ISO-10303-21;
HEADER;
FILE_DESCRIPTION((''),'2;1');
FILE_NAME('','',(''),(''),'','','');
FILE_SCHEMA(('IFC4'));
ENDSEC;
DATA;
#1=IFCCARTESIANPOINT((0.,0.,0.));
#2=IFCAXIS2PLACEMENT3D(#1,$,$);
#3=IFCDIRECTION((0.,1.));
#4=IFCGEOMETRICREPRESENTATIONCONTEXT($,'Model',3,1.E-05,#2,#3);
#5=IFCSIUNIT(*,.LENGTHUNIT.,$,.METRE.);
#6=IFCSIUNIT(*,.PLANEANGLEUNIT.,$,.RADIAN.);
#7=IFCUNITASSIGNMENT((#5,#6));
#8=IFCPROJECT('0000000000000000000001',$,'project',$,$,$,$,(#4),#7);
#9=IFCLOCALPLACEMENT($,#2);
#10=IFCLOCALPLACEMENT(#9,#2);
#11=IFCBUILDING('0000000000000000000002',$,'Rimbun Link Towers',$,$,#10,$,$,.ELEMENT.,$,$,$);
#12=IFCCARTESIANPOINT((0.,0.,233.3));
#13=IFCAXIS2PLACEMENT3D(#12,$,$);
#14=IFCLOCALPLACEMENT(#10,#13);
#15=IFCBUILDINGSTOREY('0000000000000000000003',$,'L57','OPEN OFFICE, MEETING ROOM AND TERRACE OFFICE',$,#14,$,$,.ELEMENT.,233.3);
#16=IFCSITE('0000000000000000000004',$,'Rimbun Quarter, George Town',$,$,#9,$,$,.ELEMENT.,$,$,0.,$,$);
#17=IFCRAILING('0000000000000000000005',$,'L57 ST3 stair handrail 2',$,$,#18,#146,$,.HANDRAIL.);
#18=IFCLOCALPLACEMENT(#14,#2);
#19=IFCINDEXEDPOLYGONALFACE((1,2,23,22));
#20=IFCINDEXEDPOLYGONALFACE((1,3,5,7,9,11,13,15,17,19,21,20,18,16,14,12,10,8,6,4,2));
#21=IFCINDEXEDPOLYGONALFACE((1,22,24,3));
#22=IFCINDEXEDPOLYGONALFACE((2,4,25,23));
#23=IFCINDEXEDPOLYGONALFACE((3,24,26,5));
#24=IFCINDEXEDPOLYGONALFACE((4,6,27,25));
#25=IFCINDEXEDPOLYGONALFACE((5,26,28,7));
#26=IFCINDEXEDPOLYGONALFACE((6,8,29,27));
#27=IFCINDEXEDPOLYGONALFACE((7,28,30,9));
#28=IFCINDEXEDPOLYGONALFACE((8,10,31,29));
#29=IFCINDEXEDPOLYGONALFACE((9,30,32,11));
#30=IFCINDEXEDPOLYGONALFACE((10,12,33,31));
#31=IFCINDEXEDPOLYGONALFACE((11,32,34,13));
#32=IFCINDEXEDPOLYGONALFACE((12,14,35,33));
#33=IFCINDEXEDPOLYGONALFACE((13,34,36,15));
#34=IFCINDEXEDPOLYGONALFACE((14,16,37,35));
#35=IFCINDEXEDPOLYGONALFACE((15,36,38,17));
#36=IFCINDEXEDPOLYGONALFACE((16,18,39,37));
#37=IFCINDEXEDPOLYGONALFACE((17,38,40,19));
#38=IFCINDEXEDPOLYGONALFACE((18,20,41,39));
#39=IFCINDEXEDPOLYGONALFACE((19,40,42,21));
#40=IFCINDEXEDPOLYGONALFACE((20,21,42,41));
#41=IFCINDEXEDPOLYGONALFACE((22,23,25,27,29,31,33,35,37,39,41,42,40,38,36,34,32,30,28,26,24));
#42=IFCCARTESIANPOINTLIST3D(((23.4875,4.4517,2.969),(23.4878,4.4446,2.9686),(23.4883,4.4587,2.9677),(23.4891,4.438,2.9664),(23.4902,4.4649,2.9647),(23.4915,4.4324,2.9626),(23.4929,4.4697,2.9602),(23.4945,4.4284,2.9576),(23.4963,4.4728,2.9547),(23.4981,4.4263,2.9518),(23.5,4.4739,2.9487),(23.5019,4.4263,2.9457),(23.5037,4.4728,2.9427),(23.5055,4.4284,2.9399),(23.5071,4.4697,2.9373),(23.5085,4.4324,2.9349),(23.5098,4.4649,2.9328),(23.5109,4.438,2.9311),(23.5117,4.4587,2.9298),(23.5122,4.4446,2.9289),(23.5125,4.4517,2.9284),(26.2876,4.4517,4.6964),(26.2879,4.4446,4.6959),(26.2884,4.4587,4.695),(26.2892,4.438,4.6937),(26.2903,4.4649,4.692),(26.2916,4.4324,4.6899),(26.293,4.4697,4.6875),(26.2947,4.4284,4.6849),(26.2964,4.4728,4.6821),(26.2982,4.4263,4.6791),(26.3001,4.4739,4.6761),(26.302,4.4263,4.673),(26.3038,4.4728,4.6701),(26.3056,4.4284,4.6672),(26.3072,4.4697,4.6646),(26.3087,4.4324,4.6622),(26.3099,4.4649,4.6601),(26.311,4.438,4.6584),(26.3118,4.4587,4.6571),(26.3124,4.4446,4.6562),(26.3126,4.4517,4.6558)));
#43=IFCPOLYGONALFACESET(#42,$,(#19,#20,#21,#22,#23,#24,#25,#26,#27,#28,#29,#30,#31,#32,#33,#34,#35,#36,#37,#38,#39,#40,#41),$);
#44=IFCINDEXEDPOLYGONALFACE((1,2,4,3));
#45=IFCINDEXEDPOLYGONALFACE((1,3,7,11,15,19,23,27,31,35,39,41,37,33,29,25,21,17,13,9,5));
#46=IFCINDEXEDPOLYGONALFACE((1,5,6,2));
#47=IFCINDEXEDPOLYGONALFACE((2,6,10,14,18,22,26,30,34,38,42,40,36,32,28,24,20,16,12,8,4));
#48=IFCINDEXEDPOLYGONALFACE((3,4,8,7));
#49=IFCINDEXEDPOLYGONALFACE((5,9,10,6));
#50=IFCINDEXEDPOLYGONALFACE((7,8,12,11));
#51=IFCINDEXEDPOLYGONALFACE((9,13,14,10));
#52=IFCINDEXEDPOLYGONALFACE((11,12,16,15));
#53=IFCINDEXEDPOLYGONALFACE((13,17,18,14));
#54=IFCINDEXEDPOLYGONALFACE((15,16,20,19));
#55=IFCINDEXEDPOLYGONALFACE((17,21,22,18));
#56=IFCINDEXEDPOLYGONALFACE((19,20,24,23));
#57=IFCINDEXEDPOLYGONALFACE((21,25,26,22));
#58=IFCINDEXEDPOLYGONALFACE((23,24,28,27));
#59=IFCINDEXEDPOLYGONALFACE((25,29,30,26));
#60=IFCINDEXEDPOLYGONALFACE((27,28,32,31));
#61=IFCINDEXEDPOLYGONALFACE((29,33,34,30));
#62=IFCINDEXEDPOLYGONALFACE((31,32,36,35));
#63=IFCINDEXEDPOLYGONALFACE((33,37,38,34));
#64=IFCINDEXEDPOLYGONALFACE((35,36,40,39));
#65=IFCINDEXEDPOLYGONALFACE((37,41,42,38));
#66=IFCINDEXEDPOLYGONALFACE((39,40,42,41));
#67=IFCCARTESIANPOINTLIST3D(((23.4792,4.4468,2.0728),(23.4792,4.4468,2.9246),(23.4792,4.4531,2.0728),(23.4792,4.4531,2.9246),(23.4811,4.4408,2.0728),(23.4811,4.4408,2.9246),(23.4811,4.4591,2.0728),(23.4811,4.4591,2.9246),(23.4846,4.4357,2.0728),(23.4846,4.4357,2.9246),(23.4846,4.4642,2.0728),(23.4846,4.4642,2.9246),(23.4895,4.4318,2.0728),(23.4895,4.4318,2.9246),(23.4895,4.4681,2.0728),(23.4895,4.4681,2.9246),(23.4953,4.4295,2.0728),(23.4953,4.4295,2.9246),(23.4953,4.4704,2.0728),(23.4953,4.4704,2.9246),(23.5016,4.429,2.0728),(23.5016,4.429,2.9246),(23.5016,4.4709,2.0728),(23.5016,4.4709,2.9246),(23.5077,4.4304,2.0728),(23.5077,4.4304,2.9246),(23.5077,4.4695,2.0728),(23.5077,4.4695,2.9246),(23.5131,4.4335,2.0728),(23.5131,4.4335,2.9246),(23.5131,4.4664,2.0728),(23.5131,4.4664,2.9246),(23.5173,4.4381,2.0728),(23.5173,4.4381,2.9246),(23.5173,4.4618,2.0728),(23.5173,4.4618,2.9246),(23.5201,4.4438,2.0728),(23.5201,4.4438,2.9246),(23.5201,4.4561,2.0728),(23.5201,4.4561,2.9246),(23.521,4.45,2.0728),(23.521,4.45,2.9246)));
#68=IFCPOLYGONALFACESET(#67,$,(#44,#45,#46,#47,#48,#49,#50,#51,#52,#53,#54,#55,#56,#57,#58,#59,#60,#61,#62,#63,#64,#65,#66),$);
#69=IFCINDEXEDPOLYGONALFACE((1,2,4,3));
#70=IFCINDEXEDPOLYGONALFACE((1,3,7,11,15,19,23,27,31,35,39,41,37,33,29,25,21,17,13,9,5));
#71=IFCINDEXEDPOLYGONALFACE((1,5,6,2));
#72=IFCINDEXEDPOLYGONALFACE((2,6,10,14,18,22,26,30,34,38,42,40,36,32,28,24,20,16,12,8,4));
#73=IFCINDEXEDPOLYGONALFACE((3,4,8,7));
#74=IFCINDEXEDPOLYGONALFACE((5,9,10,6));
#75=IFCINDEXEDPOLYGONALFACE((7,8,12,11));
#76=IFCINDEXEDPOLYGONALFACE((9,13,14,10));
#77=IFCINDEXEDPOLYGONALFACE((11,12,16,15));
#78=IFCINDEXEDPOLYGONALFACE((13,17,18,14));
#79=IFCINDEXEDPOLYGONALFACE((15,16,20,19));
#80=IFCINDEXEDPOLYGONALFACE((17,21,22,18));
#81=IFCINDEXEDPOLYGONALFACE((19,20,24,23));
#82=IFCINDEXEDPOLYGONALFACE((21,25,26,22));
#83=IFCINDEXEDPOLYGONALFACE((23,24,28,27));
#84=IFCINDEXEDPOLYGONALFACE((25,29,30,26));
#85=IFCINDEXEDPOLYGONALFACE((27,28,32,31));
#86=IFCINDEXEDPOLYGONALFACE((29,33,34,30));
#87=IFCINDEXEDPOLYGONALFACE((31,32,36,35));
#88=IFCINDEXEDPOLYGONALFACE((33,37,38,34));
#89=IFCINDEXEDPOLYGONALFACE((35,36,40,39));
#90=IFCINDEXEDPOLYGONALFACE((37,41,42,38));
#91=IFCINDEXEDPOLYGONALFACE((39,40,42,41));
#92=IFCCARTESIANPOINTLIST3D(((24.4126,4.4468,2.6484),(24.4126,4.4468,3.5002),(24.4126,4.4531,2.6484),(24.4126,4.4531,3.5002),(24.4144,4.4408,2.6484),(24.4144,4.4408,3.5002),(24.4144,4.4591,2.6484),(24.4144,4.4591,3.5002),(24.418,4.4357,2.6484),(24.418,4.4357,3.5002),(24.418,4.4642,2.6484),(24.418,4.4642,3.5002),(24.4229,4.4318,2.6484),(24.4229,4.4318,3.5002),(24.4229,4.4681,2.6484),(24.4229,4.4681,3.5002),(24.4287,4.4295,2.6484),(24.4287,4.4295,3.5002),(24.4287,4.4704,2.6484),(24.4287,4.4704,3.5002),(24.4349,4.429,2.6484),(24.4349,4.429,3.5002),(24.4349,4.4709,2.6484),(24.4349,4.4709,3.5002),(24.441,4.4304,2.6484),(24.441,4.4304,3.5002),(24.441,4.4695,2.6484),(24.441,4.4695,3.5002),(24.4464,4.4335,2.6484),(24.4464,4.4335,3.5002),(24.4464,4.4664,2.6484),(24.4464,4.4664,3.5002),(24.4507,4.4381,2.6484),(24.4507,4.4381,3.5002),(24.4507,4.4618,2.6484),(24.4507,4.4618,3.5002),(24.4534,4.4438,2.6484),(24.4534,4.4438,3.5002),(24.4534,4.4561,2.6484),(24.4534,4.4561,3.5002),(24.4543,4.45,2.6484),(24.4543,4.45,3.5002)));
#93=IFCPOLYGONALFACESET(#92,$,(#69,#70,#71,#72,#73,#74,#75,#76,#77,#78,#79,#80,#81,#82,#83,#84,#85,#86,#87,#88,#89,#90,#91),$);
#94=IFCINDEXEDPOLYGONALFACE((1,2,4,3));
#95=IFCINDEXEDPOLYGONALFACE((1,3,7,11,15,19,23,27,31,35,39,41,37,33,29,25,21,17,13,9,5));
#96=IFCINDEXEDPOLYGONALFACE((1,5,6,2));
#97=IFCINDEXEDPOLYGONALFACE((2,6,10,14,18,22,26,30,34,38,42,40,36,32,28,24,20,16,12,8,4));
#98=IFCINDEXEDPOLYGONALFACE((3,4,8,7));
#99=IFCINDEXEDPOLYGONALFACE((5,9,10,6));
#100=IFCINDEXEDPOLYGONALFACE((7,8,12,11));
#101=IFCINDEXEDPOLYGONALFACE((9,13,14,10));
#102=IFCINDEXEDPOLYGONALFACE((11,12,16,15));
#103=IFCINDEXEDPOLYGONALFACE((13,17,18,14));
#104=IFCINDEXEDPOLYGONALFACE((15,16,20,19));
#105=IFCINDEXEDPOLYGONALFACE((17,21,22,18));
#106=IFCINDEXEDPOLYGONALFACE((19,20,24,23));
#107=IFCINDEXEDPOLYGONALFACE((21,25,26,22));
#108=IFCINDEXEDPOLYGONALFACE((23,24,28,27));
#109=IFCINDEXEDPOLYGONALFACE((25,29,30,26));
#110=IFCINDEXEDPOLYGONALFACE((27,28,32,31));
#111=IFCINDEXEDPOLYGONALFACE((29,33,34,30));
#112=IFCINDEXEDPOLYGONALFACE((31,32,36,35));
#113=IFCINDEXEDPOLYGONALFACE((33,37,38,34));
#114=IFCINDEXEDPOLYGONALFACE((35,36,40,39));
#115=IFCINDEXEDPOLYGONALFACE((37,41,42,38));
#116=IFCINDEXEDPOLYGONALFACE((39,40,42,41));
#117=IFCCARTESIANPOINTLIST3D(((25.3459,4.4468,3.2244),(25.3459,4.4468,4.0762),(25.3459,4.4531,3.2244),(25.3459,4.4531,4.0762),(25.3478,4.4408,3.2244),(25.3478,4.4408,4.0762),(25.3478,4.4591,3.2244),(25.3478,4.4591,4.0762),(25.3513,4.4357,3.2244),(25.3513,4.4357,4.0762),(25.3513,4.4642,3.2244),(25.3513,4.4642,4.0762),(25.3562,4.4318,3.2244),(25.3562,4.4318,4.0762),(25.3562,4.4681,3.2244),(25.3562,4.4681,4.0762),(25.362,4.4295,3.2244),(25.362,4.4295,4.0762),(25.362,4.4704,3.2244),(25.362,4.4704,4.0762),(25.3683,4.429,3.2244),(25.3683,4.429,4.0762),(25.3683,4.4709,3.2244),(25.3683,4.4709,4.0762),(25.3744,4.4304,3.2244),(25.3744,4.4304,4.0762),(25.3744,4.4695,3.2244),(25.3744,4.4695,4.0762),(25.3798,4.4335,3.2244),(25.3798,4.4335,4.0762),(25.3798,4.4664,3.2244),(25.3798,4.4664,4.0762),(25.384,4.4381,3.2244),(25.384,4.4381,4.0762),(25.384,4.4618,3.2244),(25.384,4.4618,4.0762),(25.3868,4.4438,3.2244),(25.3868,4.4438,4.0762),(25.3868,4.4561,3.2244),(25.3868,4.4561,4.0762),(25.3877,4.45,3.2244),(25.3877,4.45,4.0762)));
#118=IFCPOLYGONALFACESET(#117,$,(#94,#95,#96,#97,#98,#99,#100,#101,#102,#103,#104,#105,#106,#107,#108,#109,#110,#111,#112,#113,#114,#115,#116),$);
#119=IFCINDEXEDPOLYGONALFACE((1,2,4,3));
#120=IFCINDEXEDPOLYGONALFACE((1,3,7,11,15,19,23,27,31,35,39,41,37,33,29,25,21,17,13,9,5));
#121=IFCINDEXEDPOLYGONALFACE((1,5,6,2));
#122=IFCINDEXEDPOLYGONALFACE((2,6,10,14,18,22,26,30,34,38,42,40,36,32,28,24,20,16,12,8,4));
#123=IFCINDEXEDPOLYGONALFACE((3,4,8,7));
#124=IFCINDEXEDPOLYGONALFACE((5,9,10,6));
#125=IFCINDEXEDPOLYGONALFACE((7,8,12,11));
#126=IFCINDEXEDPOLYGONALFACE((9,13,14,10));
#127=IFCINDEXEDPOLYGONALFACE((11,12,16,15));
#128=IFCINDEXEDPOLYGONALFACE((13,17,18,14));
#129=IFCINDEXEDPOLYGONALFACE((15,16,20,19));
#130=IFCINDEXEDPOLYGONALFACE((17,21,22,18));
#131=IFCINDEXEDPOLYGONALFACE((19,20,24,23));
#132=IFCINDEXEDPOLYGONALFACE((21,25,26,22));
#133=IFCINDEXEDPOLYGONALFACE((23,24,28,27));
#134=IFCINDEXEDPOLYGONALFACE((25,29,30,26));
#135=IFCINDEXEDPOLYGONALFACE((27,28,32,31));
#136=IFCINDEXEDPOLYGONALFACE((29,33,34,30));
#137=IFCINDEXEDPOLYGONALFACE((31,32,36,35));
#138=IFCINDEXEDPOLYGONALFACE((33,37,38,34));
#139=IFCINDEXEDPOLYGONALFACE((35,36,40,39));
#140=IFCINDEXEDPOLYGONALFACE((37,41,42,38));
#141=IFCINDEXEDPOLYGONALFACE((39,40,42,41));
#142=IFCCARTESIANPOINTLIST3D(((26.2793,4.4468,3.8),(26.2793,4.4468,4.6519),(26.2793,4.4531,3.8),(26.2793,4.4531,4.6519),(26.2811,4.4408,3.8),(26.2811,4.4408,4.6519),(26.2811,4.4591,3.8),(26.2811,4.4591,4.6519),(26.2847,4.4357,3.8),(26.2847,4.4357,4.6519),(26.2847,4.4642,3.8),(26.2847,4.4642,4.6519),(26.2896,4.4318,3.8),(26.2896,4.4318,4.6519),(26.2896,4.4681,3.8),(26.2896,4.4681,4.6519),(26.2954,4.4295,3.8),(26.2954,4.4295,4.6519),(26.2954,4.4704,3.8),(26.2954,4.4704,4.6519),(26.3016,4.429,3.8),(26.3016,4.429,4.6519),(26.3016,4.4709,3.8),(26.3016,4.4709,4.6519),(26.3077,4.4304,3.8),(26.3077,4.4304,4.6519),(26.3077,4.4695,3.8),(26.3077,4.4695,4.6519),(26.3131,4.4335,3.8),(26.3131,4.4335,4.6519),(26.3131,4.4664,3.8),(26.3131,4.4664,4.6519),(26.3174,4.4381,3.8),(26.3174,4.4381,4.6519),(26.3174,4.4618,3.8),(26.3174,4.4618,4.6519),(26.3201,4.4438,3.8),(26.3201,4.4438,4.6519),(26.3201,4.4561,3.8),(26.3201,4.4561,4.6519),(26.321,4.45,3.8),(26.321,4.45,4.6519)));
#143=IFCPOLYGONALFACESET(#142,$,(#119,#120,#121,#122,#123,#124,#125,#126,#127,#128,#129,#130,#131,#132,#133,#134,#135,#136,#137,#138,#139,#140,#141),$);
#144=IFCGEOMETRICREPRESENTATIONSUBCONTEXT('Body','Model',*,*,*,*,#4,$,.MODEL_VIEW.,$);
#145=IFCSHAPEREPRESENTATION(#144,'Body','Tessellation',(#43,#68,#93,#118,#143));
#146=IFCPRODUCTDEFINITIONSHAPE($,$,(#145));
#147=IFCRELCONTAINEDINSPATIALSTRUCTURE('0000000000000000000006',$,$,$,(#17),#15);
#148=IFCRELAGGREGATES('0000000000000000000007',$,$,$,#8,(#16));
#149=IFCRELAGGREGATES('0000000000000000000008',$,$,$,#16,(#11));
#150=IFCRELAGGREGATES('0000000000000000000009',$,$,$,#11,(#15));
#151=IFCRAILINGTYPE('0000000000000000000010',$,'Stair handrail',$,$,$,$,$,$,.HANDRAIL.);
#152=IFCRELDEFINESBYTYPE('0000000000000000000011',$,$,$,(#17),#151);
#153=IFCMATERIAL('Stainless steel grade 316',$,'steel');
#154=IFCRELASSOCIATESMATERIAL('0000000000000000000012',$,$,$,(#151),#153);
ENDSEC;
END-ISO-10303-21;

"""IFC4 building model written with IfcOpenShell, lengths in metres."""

from ifc_helpers import new_model, si_unit, direction, frame, origin, origin_2d, place, context, subcontext, project, spatial, circle, extrude, material, type_object, element, save


model = new_model("IFC4")

# Units and contexts
model_context = context("Model", 3, precision=1e-05, world=origin(), true_north=direction((0.0, 1.0)))
body_context = subcontext(model_context, "Body", "Model", "MODEL_VIEW")
ifc_project = project(units=[si_unit("LENGTHUNIT", "METRE"), si_unit("PLANEANGLEUNIT", "RADIAN")], contexts=[model_context])

# Site, building, storey
site_placement = place(None, origin())
site = spatial("IfcSite", under=ifc_project, at=site_placement, Name="Rimbun Quarter, George Town", CompositionType="ELEMENT", RefElevation=0.0)
building_placement = place(site_placement, origin())
building = spatial("IfcBuilding", under=site, at=building_placement, Name="Rimbun Link Towers", CompositionType="ELEMENT")
storey_placement = place(building_placement, frame((0.0, 0.0, 233.3)))
storey = spatial("IfcBuildingStorey", under=building, at=storey_placement, Name="L57", Description="OPEN OFFICE, MEETING ROOM AND TERRACE OFFICE", CompositionType="ELEMENT", Elevation=233.3)

# Railing
ifc_material_1 = material(Name="Stainless steel grade 316", Category="steel")
railing_type_1 = type_object("IfcRailingType", Name="Stair handrail", PredefinedType="HANDRAIL", material=ifc_material_1)
railing_1_placement = place(storey_placement, frame((23.5, 4.45, 2.0728)))
element("IfcRailing", 1, at=railing_1_placement, inside=storey, type_object=railing_type_1, Name="L57 ST3 stair handrail 2", PredefinedType="HANDRAIL", context=body_context, shape_type="SweptSolid", body=[
    extrude(circle(Radius=0.0239, at=origin_2d()), frame((0.0, 0.0, 0.876), z_axis=(0.85109, 0.0, 0.52502), x_axis=(0.0, 1.0, 0.0)), (0.0, 0.0, 1.0), 3.29),
    extrude(circle(Radius=0.021, at=origin_2d()), origin(), (0.0, 0.0, 1.0), 0.8518),
    extrude(circle(Radius=0.021, at=origin_2d()), frame((0.9333, 0.0, 0.5757)), (0.0, 0.0, 1.0), 0.8518),
    extrude(circle(Radius=0.021, at=origin_2d()), frame((1.8667, 0.0, 1.1516)), (0.0, 0.0, 1.0), 0.8518),
    extrude(circle(Radius=0.021, at=origin_2d()), frame((2.8, 0.0, 1.7273)), (0.0, 0.0, 1.0), 0.8518),
])

save(model, "model.ifc")
